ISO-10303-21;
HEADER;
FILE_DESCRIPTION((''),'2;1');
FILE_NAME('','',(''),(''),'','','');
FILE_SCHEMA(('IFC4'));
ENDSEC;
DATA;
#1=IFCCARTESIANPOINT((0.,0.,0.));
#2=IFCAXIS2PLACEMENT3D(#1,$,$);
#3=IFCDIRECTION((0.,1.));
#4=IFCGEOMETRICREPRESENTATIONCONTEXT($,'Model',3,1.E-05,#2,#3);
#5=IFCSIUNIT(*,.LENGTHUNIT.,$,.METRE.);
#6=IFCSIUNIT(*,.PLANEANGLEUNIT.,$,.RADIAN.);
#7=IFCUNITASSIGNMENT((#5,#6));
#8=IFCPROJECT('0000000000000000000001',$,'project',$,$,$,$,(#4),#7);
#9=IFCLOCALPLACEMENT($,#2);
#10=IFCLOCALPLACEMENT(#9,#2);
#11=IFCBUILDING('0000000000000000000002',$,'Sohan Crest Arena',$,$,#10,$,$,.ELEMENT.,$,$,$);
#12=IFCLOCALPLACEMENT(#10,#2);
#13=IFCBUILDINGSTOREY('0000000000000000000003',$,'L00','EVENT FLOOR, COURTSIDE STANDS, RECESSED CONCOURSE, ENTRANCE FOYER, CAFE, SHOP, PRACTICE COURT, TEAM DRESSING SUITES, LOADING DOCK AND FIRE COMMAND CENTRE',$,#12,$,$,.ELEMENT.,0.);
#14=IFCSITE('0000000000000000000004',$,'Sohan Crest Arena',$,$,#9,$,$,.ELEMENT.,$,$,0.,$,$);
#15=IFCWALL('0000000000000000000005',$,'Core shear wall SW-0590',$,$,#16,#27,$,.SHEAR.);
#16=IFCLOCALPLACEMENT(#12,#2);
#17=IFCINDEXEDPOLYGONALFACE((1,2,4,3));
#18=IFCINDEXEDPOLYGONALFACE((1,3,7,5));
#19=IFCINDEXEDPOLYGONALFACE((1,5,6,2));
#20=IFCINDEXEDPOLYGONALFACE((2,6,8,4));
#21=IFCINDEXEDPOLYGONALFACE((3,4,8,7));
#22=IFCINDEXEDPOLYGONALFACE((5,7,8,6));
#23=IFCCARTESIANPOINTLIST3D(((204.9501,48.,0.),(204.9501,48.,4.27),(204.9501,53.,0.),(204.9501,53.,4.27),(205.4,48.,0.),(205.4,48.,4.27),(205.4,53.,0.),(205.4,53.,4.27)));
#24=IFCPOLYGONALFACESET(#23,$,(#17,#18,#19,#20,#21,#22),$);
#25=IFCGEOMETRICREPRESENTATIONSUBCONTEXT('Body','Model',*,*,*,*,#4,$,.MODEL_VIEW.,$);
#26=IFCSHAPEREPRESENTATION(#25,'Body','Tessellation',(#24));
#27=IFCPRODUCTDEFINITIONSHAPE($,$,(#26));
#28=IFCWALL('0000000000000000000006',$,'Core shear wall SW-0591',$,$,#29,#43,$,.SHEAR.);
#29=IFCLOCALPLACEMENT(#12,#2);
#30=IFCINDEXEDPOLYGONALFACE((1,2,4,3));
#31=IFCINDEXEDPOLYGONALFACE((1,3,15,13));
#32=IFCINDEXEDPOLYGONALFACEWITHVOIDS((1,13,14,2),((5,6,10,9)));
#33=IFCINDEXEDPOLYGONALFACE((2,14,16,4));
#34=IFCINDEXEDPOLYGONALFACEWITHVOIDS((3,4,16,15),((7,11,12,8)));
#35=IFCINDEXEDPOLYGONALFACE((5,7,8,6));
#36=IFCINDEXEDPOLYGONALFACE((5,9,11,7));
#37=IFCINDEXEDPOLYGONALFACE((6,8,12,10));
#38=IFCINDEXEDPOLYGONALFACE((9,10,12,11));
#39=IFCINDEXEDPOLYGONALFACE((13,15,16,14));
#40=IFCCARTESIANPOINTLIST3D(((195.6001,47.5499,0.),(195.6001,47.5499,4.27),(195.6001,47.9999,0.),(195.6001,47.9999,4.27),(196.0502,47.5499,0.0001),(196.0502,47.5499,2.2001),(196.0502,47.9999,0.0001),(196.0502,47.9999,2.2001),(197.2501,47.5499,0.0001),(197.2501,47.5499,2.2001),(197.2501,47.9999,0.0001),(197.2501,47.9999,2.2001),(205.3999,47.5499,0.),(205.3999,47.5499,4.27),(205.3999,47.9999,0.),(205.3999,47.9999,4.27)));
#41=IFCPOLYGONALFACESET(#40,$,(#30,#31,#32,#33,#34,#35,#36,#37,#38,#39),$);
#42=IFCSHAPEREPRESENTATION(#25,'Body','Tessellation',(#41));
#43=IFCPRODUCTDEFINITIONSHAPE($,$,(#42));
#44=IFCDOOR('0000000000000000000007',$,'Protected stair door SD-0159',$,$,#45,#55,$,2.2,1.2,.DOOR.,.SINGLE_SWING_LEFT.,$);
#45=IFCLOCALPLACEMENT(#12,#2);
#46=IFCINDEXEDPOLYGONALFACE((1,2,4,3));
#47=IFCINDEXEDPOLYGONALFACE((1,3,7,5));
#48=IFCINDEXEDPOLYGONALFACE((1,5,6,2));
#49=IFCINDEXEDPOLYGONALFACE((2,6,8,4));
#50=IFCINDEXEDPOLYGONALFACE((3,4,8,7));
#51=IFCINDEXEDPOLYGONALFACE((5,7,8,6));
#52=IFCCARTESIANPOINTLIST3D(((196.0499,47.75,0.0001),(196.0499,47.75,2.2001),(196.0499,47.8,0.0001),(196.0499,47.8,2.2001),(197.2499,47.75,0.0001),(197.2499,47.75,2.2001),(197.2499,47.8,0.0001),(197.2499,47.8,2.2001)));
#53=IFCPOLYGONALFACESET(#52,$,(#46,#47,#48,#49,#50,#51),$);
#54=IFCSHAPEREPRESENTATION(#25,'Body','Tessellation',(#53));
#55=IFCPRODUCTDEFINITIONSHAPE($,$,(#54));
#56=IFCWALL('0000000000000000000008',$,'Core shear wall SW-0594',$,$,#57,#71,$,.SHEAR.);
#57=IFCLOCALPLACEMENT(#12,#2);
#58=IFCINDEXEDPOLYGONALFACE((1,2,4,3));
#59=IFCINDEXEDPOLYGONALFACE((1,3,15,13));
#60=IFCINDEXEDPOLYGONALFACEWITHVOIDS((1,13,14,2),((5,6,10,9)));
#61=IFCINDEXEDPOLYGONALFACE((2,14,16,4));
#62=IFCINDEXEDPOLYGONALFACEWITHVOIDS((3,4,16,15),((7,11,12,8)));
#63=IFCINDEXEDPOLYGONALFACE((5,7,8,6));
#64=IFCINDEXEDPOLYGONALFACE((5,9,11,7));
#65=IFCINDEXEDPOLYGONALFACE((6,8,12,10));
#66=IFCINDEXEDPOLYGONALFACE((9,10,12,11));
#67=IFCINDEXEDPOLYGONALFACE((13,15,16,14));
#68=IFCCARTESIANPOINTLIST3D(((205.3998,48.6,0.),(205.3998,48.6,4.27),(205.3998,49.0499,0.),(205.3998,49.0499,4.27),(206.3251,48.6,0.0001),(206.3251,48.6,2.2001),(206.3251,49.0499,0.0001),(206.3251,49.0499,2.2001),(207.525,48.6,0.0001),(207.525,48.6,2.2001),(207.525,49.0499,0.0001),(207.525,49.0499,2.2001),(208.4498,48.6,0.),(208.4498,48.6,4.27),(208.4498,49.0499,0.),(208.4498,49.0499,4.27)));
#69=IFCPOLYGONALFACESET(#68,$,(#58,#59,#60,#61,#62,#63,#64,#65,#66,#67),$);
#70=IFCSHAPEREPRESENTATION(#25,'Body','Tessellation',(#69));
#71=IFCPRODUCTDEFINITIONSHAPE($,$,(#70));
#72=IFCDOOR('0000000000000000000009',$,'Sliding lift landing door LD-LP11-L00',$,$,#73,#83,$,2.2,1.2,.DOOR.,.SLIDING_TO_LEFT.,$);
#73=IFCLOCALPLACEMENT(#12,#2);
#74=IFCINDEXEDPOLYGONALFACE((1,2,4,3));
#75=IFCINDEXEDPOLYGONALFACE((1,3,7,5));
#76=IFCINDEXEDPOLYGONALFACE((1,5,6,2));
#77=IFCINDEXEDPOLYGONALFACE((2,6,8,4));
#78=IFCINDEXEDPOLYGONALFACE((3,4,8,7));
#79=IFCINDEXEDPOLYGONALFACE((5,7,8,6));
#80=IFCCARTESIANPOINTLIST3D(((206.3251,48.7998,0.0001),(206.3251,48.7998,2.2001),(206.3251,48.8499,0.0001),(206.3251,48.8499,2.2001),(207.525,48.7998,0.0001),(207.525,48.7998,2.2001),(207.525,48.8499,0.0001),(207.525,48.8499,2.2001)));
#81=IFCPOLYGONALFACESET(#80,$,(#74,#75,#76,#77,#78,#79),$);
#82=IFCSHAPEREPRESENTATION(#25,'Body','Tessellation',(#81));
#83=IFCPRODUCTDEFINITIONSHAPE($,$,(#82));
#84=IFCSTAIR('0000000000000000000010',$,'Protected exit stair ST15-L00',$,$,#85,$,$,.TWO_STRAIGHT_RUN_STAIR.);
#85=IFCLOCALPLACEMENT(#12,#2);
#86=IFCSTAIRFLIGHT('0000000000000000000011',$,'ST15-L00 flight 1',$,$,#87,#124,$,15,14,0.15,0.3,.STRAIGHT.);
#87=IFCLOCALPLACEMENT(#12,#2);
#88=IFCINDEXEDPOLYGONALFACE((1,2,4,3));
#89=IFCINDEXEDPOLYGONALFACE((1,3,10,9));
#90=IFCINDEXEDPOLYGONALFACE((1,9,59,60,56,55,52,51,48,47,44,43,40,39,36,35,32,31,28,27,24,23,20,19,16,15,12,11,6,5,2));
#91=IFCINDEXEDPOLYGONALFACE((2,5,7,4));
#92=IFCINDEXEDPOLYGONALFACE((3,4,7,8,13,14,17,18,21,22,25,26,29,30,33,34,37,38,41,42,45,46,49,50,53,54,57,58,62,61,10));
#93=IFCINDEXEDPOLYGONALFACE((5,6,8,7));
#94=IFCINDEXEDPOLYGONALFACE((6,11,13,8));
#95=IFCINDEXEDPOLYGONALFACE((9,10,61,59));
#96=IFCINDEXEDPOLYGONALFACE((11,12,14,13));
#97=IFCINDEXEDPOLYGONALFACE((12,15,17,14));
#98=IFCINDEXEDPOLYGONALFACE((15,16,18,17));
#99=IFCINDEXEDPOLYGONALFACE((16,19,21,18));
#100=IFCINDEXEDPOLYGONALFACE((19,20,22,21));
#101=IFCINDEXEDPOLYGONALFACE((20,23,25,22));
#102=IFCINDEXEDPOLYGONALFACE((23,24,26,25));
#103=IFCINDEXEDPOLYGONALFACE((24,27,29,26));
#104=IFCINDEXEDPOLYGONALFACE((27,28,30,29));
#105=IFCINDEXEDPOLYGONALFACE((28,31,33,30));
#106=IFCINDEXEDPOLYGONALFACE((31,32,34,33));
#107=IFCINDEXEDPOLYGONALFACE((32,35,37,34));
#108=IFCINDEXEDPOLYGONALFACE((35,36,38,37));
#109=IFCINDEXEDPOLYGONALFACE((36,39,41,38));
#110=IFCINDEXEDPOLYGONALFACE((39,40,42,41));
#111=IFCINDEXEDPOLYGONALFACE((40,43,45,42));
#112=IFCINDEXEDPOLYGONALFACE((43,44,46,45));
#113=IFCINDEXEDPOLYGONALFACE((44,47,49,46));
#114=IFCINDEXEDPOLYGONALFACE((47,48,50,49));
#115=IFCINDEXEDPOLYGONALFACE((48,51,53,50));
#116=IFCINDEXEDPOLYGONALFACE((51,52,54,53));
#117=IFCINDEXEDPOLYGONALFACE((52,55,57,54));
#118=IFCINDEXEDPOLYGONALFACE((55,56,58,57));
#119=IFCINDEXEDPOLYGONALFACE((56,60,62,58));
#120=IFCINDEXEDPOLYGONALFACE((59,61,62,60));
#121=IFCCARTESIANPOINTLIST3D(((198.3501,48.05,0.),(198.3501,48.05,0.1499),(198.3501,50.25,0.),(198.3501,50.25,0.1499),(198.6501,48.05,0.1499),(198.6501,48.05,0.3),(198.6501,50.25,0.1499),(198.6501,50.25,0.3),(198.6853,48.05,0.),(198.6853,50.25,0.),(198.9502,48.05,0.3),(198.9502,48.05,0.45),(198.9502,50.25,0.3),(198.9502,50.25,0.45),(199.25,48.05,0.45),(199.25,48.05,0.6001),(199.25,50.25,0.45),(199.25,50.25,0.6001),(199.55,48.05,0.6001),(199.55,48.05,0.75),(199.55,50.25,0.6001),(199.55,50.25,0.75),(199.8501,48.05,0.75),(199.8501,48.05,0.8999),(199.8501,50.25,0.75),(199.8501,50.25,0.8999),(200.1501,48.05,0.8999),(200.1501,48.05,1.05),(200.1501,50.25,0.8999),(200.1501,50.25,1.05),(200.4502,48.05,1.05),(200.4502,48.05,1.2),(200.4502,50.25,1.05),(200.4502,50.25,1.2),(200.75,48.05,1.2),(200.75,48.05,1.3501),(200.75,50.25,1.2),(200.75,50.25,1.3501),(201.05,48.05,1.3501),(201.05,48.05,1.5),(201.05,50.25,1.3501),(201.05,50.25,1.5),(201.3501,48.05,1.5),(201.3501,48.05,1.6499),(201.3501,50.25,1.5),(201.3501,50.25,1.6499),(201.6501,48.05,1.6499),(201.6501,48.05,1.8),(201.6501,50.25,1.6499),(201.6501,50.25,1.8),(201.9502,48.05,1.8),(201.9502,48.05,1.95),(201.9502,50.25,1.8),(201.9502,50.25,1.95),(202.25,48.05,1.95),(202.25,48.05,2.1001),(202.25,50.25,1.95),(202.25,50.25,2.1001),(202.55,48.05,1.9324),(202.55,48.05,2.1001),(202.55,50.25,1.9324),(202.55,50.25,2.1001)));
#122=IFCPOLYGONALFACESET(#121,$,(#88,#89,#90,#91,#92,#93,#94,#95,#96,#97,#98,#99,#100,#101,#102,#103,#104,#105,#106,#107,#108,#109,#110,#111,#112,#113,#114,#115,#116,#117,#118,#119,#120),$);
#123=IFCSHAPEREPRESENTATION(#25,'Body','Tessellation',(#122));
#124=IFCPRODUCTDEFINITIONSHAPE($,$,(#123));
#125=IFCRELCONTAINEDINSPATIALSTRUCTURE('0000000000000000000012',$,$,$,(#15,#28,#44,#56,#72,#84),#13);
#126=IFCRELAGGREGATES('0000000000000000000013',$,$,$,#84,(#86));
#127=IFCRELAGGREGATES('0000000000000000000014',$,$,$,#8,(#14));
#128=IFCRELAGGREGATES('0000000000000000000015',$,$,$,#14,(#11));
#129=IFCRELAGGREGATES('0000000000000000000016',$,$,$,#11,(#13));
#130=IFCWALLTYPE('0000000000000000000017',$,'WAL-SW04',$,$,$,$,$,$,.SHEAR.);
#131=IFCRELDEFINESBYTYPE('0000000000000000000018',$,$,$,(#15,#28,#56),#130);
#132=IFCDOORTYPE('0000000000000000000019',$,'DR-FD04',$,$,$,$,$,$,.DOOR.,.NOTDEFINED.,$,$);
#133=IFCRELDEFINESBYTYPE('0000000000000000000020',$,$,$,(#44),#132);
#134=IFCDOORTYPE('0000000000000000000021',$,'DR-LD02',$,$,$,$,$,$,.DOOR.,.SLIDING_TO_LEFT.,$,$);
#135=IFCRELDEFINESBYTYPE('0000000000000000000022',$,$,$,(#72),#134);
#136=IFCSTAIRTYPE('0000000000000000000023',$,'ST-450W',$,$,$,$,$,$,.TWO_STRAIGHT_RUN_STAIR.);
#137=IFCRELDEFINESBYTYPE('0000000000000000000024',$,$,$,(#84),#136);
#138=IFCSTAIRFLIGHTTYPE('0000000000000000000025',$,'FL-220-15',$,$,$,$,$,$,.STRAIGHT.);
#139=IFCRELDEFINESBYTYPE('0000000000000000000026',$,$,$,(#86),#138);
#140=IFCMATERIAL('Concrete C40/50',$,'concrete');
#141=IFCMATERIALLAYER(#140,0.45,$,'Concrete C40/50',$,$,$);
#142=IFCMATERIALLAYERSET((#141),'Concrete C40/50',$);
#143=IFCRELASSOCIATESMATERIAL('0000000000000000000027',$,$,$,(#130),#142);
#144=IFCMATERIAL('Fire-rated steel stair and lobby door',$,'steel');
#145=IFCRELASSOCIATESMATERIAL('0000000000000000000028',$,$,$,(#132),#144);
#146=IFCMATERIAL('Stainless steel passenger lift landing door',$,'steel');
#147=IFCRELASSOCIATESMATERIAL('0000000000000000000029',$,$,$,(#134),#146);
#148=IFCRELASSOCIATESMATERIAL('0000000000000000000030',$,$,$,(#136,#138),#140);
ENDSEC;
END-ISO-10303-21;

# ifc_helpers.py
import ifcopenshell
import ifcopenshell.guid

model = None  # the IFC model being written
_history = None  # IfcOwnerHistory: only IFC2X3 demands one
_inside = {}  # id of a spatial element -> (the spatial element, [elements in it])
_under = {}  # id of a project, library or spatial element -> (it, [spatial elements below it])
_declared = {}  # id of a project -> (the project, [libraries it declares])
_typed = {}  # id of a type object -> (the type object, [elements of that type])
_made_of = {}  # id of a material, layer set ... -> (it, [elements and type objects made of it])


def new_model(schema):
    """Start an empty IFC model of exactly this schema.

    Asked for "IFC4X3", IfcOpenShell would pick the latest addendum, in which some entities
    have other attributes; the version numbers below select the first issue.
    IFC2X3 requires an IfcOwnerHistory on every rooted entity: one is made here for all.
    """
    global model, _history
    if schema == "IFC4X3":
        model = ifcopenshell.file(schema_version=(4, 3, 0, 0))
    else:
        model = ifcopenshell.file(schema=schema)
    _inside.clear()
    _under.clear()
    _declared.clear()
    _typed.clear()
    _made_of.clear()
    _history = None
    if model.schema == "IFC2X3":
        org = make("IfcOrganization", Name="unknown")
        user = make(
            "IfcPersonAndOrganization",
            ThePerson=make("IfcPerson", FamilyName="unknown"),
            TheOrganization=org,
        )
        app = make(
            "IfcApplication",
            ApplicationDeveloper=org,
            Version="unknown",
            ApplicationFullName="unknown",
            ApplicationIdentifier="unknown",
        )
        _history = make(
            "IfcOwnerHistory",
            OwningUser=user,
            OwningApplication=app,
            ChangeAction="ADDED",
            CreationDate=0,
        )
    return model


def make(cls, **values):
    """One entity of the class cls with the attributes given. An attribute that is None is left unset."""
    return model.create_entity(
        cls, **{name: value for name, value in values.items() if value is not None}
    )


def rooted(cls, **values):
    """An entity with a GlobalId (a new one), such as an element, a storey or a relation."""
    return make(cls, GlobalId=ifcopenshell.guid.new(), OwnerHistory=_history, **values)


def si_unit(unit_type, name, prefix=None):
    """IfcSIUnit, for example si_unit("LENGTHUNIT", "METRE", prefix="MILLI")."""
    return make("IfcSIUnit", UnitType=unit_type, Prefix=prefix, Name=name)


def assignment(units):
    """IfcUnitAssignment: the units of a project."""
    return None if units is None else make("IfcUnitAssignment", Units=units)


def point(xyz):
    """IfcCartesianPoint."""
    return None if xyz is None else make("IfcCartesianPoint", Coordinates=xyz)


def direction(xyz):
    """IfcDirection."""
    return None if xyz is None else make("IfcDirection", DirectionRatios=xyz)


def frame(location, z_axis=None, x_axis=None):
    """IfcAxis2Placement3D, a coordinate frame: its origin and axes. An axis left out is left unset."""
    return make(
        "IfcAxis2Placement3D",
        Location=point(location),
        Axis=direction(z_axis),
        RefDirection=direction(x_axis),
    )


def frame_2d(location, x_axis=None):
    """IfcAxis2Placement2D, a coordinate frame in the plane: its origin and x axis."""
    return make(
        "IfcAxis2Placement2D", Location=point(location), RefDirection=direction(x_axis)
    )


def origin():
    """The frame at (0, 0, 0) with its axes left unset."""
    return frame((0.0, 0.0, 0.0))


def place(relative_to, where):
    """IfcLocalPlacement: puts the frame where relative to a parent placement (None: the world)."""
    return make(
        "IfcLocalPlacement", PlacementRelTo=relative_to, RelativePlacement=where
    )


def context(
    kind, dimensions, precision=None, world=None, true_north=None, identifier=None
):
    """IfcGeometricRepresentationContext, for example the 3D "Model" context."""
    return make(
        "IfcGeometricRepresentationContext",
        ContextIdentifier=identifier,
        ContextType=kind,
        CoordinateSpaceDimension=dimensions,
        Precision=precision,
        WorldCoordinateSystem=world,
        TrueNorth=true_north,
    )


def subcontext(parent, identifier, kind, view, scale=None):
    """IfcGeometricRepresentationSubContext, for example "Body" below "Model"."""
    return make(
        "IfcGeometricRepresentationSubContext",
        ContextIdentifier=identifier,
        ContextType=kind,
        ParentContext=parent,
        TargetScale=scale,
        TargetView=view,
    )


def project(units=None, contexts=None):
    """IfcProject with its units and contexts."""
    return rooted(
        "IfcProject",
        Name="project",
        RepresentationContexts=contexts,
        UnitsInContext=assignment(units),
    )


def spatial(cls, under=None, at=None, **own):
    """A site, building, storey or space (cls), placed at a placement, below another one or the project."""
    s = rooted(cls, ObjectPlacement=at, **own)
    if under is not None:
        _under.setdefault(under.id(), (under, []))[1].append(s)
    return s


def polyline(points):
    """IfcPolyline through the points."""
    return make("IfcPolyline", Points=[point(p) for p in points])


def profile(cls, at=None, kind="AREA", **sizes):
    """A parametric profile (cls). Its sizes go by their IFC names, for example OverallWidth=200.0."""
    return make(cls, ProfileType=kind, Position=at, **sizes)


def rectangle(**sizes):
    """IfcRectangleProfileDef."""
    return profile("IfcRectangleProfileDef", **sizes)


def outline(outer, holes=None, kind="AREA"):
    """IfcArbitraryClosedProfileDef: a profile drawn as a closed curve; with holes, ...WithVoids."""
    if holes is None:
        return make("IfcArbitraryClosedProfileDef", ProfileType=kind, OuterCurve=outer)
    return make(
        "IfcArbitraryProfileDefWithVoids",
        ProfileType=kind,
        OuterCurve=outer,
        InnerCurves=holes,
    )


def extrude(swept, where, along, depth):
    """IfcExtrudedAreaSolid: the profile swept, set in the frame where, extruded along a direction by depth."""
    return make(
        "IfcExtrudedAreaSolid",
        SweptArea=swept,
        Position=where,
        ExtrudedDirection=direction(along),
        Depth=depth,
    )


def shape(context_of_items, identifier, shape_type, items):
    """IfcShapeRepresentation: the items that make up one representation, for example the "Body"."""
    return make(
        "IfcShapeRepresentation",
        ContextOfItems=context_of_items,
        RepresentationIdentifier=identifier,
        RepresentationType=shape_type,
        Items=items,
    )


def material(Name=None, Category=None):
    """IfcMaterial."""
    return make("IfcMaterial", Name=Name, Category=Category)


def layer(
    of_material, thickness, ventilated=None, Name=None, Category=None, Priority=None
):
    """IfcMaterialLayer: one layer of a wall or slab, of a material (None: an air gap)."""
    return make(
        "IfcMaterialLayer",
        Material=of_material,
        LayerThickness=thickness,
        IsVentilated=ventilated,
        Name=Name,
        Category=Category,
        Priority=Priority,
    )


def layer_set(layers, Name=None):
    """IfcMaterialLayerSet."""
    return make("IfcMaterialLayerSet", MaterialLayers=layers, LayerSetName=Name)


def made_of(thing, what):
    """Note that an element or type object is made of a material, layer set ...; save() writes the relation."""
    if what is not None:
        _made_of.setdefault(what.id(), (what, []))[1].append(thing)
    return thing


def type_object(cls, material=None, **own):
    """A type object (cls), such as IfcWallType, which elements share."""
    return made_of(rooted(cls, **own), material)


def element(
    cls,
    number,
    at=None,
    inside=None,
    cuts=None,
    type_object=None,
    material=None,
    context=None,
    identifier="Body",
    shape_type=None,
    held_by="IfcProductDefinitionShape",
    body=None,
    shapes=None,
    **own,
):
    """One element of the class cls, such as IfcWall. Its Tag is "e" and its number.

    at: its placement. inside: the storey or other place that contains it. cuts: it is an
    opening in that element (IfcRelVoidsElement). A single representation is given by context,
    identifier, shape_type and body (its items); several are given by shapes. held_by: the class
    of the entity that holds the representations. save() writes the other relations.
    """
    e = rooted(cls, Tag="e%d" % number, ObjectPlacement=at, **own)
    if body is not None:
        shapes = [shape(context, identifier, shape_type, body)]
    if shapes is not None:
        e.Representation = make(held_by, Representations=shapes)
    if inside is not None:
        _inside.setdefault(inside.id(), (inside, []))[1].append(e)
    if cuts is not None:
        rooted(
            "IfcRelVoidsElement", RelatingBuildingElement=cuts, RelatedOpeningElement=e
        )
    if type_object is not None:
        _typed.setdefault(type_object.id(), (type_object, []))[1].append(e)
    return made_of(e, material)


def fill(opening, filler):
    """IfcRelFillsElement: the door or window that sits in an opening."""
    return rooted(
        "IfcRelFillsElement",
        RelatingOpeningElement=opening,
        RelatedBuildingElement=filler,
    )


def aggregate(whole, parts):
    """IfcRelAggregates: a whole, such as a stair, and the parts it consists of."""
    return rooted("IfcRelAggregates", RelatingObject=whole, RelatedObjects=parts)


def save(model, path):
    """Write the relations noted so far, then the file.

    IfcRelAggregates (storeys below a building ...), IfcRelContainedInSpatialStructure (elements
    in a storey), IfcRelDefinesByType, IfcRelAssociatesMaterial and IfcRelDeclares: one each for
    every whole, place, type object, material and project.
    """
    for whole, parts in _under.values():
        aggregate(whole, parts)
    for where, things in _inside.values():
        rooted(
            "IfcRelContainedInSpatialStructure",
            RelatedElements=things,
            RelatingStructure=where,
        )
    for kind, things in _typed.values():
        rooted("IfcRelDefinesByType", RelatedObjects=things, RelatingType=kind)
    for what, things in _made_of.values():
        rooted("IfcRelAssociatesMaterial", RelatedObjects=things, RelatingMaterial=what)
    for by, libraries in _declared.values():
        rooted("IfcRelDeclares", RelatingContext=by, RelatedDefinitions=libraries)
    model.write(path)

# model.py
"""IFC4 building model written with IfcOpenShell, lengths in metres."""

from ifc_helpers import new_model, si_unit, direction, frame, frame_2d, origin, place, context, subcontext, project, spatial, polyline, rectangle, outline, extrude, material, layer, layer_set, type_object, element, fill, aggregate, save


model = new_model("IFC4")

# Units and contexts
model_context = context("Model", 3, precision=1e-05, world=origin(), true_north=direction((0.0, 1.0)))
body_context = subcontext(model_context, "Body", "Model", "MODEL_VIEW")
ifc_project = project(units=[si_unit("LENGTHUNIT", "METRE"), si_unit("PLANEANGLEUNIT", "RADIAN")], contexts=[model_context])

# Site, building, storey
site_placement = place(None, origin())
site = spatial("IfcSite", under=ifc_project, at=site_placement, Name="Sohan Crest Arena", CompositionType="ELEMENT", RefElevation=0.0)
building_placement = place(site_placement, origin())
building = spatial("IfcBuilding", under=site, at=building_placement, Name="Sohan Crest Arena", CompositionType="ELEMENT")
storey_placement = place(building_placement, origin())
storey = spatial("IfcBuildingStorey", under=building, at=storey_placement, Name="L00", Description="EVENT FLOOR, COURTSIDE STANDS, RECESSED CONCOURSE, ENTRANCE FOYER, CAFE, SHOP, PRACTICE COURT, TEAM DRESSING SUITES, LOADING DOCK AND FIRE COMMAND CENTRE", CompositionType="ELEMENT", Elevation=0.0)

# Shared definitions
ifc_material_1 = material(Name="Concrete C40/50", Category="concrete")

# Wall
ifc_layer_1 = layer(ifc_material_1, 0.45, Name="Concrete C40/50")
ifc_layer_set_1 = layer_set([ifc_layer_1], Name="Concrete C40/50")
wall_type_1 = type_object("IfcWallType", Name="WAL-SW04", PredefinedType="SHEAR", material=ifc_layer_set_1)
for number, where, z_axis, x_axis, name in (
    (1, (205.175, 48.0, 0.0), (0.0, 0.0, 1.0), (0.0, 1.0, 0.0), "Core shear wall SW-0590"),
):
    element("IfcWall", number, at=place(storey_placement, frame(where, z_axis=z_axis, x_axis=x_axis)), inside=storey, type_object=wall_type_1, Name=name, PredefinedType="SHEAR", context=body_context, shape_type="SweptSolid", body=[
        extrude(rectangle(XDim=5.0, YDim=0.45, at=frame_2d((2.5, 0.0))), origin(), (0.0, 0.0, 1.0), 4.27),
    ])

# Walls, openings, doors
wall_1_placement = place(storey_placement, frame((195.6001, 47.7749, 0.0), z_axis=(0.0, 0.0, 1.0), x_axis=(1.0, 0.0, 0.0)))
wall_1 = element("IfcWall", 2, at=wall_1_placement, inside=storey, type_object=wall_type_1, Name="Core shear wall SW-0591", PredefinedType="SHEAR", context=body_context, shape_type="SweptSolid", body=[
    extrude(rectangle(XDim=9.7998, YDim=0.45, at=frame_2d((4.8999, 0.0))), origin(), (0.0, 0.0, 1.0), 4.27),
])
opening_1_placement = place(wall_1_placement, frame((0.45, 0.0, 0.0)))
opening_1 = element("IfcOpeningElement", 3, at=opening_1_placement, cuts=wall_1, PredefinedType="OPENING", context=body_context, shape_type="SweptSolid", body=[
    extrude(rectangle(XDim=1.2, YDim=2.2, at=frame_2d((0.6001, 1.1001))), frame((0.0, 0.2349, 0.0), z_axis=(0.0, -1.0, 0.0), x_axis=(1.0, 0.0, 0.0)), (0.0, 0.0, 1.0), 0.47),
])
ifc_material_2 = material(Name="Fire-rated steel stair and lobby door", Category="steel")
door_type_1 = type_object("IfcDoorType", Name="DR-FD04", OperationType="NOTDEFINED", PredefinedType="DOOR", material=ifc_material_2)
door_1_placement = place(opening_1_placement, frame((1.2, 0.0, 0.0), z_axis=(0.0, 0.0, 1.0), x_axis=(-1.0, 0.0, 0.0)))
door_1 = element("IfcDoor", 4, at=door_1_placement, inside=storey, type_object=door_type_1, Name="Protected stair door SD-0159", OperationType="SINGLE_SWING_LEFT", OverallHeight=2.2, OverallWidth=1.2, PredefinedType="DOOR", context=body_context, shape_type="SweptSolid", body=[
    extrude(rectangle(XDim=1.2, YDim=2.2, at=frame_2d((0.6001, 1.1001))), frame((0.0, 0.0249, 0.0), z_axis=(0.0, -1.0, 0.0), x_axis=(1.0, 0.0, 0.0)), (0.0, 0.0, 1.0), 0.05),
])
fill(opening_1, door_1)
wall_2_placement = place(storey_placement, frame((205.3999, 48.825, 0.0), z_axis=(0.0, 0.0, 1.0), x_axis=(1.0, 0.0, 0.0)))
wall_2 = element("IfcWall", 5, at=wall_2_placement, inside=storey, type_object=wall_type_1, Name="Core shear wall SW-0594", PredefinedType="SHEAR", context=body_context, shape_type="SweptSolid", body=[
    extrude(rectangle(XDim=3.05, YDim=0.45, at=frame_2d((1.5249, 0.0))), origin(), (0.0, 0.0, 1.0), 4.27),
])
opening_2_placement = place(wall_2_placement, frame((0.925, 0.0, 0.0)))
opening_2 = element("IfcOpeningElement", 6, at=opening_2_placement, cuts=wall_2, PredefinedType="OPENING", context=body_context, shape_type="SweptSolid", body=[
    extrude(rectangle(XDim=1.2, YDim=2.2, at=frame_2d((0.6001, 1.1001))), frame((0.0, 0.2349, 0.0), z_axis=(0.0, -1.0, 0.0), x_axis=(1.0, 0.0, 0.0)), (0.0, 0.0, 1.0), 0.47),
])
ifc_material_3 = material(Name="Stainless steel passenger lift landing door", Category="steel")
door_type_2 = type_object("IfcDoorType", Name="DR-LD02", OperationType="SLIDING_TO_LEFT", PredefinedType="DOOR", material=ifc_material_3)
door_2_placement = place(opening_2_placement, origin())
door_2 = element("IfcDoor", 7, at=door_2_placement, inside=storey, type_object=door_type_2, Name="Sliding lift landing door LD-LP11-L00", OperationType="SLIDING_TO_LEFT", OverallHeight=2.2, OverallWidth=1.2, PredefinedType="DOOR", context=body_context, shape_type="SweptSolid", body=[
    extrude(rectangle(XDim=1.2, YDim=2.2, at=frame_2d((0.6001, 1.1001))), frame((0.0, 0.0249, 0.0), z_axis=(0.0, -1.0, 0.0), x_axis=(1.0, 0.0, 0.0)), (0.0, 0.0, 1.0), 0.05),
])
fill(opening_2, door_2)

# Stair, stair flight
stair_type = type_object("IfcStairType", Name="ST-450W", PredefinedType="TWO_STRAIGHT_RUN_STAIR", material=ifc_material_1)
stair_placement = place(storey_placement, origin())
stair = element("IfcStair", 8, at=stair_placement, inside=storey, type_object=stair_type, Name="Protected exit stair ST15-L00", PredefinedType="TWO_STRAIGHT_RUN_STAIR")
stair_flight_type = type_object("IfcStairFlightType", Name="FL-220-15", PredefinedType="STRAIGHT", material=ifc_material_1)
stair_flight_placement = place(storey_placement, frame((198.3501, 49.1499, 0.0), z_axis=(0.0, 0.0, 1.0), x_axis=(1.0, 0.0, 0.0)))
stair_flight = element("IfcStairFlight", 9, at=stair_flight_placement, type_object=stair_flight_type, Name="ST15-L00 flight 1", NumberOfRisers=15, NumberOfTreads=14, PredefinedType="STRAIGHT", RiserHeight=0.15, TreadLength=0.3, context=body_context, shape_type="SweptSolid", body=[
    extrude(outline(polyline([(0.0, 0.0), (0.0, 0.1499), (0.3, 0.1499), (0.3, 0.3), (0.6001, 0.3), (0.6001, 0.45), (0.8999, 0.45), (0.8999, 0.6001), (1.2, 0.6001), (1.2, 0.75), (1.5, 0.75), (1.5, 0.8999), (1.8, 0.8999), (1.8, 1.05), (2.1001, 1.05), (2.1001, 1.2), (2.3999, 1.2), (2.3999, 1.3501), (2.7, 1.3501), (2.7, 1.5), (3.0, 1.5), (3.0, 1.6499), (3.3, 1.6499), (3.3, 1.8), (3.6001, 1.8), (3.6001, 1.95), (3.8999, 1.95), (3.8999, 2.1001), (4.2, 2.1001), (4.2, 2.25), (4.2, 1.9324), (0.3352, 0.0), (0.0, 0.0)])), frame((0.0, 1.1001, 0.0), z_axis=(0.0, -1.0, 0.0), x_axis=(1.0, 0.0, 0.0)), (0.0, 0.0, 1.0), 2.2),
])
aggregate(stair, [stair_flight])

save(model, "model.ifc")
